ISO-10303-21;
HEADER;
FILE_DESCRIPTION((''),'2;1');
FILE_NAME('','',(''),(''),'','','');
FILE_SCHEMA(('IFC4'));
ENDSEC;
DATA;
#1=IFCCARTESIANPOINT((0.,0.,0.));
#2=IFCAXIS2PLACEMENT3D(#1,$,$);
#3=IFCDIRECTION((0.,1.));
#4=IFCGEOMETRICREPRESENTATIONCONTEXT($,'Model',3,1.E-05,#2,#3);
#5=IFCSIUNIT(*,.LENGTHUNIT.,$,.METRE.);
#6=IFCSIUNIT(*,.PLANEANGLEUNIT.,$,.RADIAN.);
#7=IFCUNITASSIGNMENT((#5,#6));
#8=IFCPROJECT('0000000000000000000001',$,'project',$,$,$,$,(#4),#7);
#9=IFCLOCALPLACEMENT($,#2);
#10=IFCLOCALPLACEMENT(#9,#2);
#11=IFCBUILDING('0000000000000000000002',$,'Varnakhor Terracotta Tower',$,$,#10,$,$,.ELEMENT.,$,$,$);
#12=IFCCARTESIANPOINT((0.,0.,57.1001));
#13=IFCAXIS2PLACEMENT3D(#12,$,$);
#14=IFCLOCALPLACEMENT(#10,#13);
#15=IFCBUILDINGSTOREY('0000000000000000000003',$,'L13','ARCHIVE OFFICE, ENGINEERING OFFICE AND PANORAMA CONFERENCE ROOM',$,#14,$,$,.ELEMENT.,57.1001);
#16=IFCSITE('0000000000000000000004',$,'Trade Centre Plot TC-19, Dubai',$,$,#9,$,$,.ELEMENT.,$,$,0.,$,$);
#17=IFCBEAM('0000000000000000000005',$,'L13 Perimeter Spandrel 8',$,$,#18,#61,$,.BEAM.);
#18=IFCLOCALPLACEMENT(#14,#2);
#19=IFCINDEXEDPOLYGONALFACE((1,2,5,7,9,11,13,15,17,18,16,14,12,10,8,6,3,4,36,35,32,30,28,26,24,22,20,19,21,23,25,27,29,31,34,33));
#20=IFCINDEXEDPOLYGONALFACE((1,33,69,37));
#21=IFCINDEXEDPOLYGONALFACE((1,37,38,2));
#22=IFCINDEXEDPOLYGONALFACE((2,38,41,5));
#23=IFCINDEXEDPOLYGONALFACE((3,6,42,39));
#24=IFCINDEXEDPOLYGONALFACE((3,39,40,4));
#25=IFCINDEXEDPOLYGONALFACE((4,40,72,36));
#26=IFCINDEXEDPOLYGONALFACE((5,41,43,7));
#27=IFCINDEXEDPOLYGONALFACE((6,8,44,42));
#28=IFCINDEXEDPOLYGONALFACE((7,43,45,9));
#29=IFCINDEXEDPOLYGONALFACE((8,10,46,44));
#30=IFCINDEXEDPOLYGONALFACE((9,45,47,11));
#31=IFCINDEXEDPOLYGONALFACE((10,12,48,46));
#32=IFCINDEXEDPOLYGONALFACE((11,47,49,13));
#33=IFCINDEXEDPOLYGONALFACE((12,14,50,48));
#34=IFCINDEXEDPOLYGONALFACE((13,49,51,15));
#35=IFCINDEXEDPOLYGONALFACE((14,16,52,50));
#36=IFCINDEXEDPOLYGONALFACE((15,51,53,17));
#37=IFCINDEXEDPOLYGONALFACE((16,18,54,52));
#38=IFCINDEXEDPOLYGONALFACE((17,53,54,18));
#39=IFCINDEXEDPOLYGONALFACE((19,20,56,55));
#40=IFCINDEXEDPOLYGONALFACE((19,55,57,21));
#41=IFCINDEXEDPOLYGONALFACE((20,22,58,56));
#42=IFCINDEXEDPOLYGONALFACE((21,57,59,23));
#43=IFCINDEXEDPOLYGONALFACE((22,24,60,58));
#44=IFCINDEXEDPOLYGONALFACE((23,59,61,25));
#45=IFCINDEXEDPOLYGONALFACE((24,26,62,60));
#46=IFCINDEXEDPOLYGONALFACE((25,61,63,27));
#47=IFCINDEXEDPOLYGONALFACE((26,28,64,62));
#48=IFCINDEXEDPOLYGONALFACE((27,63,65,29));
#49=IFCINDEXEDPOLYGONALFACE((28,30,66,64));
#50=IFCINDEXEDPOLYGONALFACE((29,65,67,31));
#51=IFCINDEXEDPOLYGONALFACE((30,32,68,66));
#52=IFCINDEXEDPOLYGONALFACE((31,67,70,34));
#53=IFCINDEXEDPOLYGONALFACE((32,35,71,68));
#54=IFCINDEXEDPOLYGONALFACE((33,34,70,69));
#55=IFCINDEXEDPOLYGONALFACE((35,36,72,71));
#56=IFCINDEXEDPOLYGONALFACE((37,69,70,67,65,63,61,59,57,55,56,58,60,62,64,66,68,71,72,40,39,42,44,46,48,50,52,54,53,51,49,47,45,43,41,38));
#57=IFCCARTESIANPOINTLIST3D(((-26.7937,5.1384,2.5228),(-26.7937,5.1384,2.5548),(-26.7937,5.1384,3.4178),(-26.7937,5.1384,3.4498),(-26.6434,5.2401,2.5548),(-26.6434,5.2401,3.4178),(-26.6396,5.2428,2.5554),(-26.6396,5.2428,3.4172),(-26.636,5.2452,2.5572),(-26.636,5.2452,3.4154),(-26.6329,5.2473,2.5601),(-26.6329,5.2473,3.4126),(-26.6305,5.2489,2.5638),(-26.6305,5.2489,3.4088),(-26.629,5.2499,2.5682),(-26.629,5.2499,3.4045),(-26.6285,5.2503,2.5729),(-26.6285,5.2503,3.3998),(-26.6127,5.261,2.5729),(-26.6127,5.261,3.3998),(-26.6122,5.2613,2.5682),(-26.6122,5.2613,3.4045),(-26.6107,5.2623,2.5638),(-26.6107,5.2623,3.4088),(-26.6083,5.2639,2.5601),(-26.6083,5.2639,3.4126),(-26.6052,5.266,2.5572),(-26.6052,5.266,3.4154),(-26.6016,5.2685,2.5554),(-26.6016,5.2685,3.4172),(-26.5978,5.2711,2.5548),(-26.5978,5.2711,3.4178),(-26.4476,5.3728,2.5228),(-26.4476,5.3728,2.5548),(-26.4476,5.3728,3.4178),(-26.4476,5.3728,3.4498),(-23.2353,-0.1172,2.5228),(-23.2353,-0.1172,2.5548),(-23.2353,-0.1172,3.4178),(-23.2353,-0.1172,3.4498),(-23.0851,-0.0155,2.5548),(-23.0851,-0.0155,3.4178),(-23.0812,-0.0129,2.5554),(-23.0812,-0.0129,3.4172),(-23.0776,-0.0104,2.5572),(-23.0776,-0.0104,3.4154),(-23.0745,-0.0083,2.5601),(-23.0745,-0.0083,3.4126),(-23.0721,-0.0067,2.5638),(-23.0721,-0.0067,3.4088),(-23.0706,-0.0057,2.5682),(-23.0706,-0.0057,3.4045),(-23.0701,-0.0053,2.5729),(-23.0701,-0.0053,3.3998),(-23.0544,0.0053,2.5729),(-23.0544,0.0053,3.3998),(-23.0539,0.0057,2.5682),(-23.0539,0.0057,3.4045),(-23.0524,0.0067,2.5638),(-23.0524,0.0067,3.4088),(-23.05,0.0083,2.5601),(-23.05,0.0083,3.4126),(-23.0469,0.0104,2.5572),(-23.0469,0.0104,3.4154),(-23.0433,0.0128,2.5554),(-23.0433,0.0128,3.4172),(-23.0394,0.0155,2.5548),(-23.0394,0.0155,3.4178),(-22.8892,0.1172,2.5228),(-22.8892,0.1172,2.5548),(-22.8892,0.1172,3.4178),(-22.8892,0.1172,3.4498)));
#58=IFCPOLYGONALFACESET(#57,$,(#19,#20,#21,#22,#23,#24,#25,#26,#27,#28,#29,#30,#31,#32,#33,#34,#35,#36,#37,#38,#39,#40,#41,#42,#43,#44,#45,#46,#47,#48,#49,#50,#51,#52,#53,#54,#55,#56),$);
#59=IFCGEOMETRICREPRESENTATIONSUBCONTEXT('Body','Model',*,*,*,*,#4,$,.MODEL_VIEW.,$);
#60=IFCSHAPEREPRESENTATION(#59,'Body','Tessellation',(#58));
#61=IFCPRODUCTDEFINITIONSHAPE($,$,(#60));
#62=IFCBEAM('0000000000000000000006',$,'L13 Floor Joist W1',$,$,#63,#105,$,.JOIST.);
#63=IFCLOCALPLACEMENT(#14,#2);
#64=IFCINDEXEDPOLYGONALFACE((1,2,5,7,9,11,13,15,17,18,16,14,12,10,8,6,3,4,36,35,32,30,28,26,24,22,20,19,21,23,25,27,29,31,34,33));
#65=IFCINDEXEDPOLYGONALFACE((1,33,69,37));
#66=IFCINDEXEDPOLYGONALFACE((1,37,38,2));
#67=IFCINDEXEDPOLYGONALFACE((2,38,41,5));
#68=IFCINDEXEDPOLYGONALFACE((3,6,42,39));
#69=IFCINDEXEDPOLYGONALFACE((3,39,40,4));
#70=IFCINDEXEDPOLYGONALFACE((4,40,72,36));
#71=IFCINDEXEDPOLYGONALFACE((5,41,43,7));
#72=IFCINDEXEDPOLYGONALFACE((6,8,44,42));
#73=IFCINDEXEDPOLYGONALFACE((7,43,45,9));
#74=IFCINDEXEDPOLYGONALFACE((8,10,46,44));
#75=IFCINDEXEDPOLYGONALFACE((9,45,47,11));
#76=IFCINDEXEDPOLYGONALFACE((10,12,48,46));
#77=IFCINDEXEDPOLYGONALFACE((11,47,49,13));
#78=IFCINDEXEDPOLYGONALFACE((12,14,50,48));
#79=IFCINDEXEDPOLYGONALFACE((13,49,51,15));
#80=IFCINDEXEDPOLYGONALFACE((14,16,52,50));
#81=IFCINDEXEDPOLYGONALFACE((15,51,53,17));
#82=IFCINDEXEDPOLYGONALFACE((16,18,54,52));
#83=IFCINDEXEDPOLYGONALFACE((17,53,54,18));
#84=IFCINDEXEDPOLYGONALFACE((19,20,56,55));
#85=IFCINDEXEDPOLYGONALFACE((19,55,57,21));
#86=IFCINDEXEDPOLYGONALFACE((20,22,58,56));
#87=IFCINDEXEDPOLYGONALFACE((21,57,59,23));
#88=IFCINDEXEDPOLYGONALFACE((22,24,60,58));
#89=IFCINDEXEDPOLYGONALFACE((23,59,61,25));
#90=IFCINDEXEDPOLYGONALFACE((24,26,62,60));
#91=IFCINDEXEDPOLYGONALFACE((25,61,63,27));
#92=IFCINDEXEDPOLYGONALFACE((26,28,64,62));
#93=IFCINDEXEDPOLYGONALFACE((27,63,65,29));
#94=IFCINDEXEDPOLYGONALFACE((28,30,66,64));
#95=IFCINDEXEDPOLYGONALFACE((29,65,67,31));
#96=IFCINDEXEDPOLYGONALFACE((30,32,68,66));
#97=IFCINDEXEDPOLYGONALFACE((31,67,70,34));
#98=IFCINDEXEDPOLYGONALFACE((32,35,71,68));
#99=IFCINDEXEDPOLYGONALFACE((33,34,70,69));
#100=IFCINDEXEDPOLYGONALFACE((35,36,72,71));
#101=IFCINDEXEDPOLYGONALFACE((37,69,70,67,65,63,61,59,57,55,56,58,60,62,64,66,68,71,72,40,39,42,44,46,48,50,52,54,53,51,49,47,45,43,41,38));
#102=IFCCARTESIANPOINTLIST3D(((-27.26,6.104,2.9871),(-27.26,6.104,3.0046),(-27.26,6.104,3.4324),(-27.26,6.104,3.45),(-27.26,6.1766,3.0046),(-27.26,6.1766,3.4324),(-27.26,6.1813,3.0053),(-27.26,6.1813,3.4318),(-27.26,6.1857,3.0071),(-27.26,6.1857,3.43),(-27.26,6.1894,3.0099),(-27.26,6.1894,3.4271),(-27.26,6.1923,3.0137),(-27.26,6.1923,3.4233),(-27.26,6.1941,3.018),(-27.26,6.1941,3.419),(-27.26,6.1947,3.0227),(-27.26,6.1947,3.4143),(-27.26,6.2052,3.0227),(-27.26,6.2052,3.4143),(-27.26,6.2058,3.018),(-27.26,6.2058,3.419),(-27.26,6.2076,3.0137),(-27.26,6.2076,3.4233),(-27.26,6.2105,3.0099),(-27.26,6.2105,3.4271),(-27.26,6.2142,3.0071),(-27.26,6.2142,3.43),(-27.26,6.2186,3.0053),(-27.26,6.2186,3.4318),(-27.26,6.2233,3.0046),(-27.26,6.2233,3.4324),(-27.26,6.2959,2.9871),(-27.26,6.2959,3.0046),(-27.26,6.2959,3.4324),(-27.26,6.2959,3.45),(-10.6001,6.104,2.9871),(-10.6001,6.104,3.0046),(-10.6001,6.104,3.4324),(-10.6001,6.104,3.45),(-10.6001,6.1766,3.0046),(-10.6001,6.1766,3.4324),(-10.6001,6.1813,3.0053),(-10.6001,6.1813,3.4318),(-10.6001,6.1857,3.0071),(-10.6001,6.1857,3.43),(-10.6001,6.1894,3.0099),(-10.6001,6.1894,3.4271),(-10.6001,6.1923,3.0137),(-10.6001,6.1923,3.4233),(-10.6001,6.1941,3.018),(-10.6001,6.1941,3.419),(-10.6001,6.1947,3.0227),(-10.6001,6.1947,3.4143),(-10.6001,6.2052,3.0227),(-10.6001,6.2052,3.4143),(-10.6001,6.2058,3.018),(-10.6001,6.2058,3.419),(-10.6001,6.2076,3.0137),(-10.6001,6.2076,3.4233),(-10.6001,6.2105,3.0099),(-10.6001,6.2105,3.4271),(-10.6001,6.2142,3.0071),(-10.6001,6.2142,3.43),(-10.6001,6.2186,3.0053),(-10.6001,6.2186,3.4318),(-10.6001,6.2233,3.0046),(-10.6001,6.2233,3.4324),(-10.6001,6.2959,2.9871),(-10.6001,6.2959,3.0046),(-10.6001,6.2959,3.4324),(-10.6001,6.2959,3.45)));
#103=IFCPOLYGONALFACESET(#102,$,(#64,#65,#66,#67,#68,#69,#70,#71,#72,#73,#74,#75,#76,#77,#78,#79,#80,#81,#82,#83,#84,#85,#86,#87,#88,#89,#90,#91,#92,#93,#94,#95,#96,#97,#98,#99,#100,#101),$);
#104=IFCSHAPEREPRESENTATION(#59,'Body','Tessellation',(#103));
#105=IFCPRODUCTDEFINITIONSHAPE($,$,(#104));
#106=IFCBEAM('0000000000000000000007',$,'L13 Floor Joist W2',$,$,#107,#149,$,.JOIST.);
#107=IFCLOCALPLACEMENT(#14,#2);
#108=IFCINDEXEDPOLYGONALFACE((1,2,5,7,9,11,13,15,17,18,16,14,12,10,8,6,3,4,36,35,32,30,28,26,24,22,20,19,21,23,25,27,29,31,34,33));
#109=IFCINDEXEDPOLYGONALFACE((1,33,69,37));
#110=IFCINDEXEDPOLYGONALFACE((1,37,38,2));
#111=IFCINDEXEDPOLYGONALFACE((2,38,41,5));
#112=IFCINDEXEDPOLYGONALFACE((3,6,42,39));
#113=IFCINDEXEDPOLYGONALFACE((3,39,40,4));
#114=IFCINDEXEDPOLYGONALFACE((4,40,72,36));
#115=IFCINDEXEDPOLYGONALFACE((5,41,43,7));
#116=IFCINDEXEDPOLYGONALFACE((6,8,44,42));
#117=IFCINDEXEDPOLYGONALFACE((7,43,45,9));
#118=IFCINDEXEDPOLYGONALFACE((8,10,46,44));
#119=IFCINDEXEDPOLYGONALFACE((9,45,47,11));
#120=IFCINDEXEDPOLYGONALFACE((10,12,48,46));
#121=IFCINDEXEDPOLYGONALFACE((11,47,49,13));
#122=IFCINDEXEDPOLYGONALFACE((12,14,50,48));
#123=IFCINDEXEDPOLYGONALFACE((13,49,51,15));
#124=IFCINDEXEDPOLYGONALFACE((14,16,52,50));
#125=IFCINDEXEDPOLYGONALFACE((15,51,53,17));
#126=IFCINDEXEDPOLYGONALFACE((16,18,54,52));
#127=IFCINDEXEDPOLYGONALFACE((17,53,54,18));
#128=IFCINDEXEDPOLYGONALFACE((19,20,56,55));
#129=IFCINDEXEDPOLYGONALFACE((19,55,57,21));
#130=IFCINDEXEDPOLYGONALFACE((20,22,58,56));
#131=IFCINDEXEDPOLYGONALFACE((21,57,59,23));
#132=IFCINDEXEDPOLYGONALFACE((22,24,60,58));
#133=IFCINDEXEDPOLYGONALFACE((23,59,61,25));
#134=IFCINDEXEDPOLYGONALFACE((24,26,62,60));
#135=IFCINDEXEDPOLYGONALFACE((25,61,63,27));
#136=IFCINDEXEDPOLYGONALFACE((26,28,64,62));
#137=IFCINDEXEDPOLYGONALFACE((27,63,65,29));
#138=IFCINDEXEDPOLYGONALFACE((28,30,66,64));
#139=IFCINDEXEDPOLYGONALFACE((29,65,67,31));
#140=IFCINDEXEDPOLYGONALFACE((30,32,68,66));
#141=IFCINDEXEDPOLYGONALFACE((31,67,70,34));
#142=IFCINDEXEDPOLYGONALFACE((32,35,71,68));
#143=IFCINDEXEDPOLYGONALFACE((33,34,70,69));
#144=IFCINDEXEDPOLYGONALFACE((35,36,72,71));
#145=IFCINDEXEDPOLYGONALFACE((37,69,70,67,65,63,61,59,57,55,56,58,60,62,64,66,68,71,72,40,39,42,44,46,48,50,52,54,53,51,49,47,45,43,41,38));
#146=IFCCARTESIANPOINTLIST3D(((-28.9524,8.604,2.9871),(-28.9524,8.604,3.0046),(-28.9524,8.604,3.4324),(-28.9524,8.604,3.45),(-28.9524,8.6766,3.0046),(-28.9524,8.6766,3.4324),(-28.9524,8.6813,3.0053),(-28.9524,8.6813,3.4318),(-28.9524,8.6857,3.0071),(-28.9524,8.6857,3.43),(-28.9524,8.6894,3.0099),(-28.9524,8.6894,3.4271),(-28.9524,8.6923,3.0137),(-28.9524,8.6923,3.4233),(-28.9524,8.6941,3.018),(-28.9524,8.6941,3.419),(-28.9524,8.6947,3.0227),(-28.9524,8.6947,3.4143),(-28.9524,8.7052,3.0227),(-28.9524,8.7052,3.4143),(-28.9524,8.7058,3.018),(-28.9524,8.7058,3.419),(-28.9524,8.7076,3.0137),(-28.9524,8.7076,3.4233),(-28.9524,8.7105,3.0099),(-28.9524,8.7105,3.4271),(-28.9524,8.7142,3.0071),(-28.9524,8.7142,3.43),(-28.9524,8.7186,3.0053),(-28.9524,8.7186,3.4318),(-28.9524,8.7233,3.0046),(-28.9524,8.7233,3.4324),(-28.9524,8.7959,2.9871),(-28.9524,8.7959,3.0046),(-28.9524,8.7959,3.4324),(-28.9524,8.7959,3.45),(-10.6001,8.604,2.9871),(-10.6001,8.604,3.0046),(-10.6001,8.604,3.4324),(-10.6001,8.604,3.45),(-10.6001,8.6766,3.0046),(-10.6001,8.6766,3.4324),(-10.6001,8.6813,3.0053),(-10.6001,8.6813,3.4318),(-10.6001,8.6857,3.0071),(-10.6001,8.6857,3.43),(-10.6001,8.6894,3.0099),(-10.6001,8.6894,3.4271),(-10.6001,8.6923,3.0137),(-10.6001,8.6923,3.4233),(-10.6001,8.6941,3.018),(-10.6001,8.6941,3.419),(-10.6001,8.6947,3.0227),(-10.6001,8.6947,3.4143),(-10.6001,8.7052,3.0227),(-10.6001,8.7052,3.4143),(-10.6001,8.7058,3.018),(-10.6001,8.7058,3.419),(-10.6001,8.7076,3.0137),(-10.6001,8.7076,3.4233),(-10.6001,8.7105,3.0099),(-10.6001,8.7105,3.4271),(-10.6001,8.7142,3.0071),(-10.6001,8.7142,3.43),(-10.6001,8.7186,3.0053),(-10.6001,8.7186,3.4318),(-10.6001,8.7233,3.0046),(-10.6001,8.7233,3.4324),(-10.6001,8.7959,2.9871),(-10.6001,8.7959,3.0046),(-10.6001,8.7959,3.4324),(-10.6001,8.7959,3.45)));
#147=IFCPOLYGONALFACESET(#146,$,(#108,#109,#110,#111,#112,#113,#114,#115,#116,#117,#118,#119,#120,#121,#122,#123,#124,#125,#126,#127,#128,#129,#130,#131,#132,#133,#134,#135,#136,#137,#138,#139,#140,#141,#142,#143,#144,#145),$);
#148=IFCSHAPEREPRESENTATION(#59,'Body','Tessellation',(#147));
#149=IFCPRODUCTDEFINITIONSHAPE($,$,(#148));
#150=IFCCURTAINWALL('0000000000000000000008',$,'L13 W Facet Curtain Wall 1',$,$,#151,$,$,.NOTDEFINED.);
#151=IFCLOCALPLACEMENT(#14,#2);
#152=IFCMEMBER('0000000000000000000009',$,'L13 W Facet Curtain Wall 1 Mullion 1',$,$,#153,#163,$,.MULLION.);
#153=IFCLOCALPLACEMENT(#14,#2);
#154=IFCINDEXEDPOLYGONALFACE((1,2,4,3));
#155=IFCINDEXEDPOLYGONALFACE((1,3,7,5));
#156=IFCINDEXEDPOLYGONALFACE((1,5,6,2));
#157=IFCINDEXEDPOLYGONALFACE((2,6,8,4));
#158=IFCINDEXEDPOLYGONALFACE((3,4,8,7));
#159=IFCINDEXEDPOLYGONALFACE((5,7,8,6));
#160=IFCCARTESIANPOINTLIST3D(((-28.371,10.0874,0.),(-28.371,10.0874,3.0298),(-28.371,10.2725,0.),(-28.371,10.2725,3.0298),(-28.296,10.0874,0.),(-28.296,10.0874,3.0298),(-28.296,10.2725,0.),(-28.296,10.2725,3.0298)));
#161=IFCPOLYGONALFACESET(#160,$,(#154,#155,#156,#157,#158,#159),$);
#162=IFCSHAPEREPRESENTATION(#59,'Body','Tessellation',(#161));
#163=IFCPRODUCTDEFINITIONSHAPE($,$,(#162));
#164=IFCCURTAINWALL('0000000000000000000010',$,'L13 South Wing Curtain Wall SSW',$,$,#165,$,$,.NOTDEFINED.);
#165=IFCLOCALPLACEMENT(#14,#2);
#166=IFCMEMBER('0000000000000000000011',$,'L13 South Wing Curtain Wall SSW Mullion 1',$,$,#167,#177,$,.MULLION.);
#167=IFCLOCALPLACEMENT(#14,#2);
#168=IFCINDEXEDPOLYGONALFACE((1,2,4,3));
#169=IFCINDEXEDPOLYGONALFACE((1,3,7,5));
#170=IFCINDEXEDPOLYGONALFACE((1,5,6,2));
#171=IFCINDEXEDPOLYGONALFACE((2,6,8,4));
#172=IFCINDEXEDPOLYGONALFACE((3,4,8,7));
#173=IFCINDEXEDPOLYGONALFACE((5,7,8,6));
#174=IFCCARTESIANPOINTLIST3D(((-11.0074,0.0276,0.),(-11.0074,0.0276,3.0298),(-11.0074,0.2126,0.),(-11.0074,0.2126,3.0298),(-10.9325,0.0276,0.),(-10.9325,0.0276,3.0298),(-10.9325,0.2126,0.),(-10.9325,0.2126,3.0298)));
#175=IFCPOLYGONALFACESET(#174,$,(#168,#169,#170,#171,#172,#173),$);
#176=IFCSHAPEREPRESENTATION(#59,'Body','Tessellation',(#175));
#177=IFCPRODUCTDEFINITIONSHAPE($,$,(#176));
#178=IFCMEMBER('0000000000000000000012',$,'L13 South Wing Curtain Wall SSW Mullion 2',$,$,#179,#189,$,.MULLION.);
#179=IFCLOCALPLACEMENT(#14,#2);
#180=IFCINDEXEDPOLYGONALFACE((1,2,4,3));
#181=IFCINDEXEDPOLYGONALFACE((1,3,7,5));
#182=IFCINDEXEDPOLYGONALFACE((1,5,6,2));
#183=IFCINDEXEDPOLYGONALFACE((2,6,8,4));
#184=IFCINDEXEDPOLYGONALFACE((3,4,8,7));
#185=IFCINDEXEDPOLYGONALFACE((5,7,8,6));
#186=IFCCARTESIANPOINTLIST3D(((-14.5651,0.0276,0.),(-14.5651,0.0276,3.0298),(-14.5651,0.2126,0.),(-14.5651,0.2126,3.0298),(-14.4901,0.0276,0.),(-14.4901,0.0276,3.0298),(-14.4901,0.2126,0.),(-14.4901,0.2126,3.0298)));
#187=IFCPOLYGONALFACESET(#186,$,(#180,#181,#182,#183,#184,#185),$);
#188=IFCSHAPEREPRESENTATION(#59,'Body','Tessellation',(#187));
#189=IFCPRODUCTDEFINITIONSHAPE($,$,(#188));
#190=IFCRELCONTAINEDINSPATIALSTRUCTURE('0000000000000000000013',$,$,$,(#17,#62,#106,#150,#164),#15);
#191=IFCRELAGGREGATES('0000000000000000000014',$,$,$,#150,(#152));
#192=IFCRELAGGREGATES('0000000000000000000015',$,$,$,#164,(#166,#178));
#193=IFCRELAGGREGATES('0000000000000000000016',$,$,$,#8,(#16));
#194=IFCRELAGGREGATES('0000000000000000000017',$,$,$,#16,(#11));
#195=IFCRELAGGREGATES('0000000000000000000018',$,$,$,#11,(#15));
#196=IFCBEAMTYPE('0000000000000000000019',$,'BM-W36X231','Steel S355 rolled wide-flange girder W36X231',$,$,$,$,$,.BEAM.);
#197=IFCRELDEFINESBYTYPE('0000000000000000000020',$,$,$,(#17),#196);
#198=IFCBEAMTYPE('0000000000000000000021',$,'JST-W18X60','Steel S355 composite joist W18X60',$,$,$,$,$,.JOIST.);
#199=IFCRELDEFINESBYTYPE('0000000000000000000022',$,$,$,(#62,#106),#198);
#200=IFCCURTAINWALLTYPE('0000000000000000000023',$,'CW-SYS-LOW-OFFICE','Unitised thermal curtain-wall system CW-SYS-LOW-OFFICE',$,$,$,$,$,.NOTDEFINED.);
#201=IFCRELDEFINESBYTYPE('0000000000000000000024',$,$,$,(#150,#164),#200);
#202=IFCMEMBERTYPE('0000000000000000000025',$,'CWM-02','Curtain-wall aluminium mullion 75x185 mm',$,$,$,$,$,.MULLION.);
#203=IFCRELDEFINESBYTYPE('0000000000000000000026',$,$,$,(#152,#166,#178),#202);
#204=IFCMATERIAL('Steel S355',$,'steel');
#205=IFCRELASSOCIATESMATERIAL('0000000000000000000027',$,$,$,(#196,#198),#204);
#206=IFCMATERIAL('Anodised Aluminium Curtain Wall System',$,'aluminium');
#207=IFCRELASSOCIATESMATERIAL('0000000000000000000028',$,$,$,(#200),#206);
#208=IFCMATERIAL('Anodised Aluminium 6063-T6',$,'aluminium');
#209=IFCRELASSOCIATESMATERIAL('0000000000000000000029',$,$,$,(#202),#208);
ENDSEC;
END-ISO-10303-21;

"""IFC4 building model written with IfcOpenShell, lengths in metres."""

from ifc_helpers import new_model, si_unit, direction, frame, origin, origin_2d, place, context, subcontext, project, spatial, rectangle, i_section, extrude, source, transform, mapped, material, material_profile, profile_set, type_object, element, aggregate, save


model = new_model("IFC4")

# Units and contexts
model_context = context("Model", 3, precision=1e-05, world=origin(), true_north=direction((0.0, 1.0)))
body_context = subcontext(model_context, "Body", "Model", "MODEL_VIEW")
ifc_project = project(units=[si_unit("LENGTHUNIT", "METRE"), si_unit("PLANEANGLEUNIT", "RADIAN")], contexts=[model_context])

# Site, building, storey
site_placement = place(None, origin())
site = spatial("IfcSite", under=ifc_project, at=site_placement, Name="Trade Centre Plot TC-19, Dubai", CompositionType="ELEMENT", RefElevation=0.0)
building_placement = place(site_placement, origin())
building = spatial("IfcBuilding", under=site, at=building_placement, Name="Varnakhor Terracotta Tower", CompositionType="ELEMENT")
storey_placement = place(building_placement, frame((0.0, 0.0, 57.1001)))
storey = spatial("IfcBuildingStorey", under=building, at=storey_placement, Name="L13", Description="ARCHIVE OFFICE, ENGINEERING OFFICE AND PANORAMA CONFERENCE ROOM", CompositionType="ELEMENT", Elevation=57.1001)

# Beams
ifc_material_1 = material(Name="Steel S355", Category="steel")
ifc_material_profile_1 = material_profile(ifc_material_1, i_section(OverallWidth=0.418, OverallDepth=0.927, WebThickness=0.019, FlangeThickness=0.032, FilletRadius=0.0181, at=origin_2d()), Name="W36X231")
ifc_profile_set_1 = profile_set([ifc_material_profile_1], Name="Steel S355")
beam_type_1 = type_object("IfcBeamType", Name="BM-W36X231", Description="Steel S355 rolled wide-flange girder W36X231", PredefinedType="BEAM", material=ifc_profile_set_1)
shared_shape_1 = source(origin(), body_context, "Body", "SweptSolid", [
    extrude(i_section(OverallWidth=0.418, OverallDepth=0.927, WebThickness=0.019, FlangeThickness=0.032, FilletRadius=0.0181, at=origin_2d()), origin(), (0.0, 0.0, 1.0), 6.3469),
])
beam_1_placement = place(storey_placement, frame((-26.6206, 5.2556, 2.9863), z_axis=(0.560642, -0.828058, 0.0), x_axis=(0.828058, 0.560642, 0.0)))
element("IfcBeam", 1, at=beam_1_placement, inside=storey, type_object=beam_type_1, Name="L13 Perimeter Spandrel 8", PredefinedType="BEAM", context=body_context, shape_type="MappedRepresentation", body=[
    mapped(shared_shape_1, transform((0.0, 0.0, 0.0), scale=1.0)),
])
ifc_material_profile_2 = material_profile(ifc_material_1, i_section(OverallWidth=0.1919, OverallDepth=0.4629, WebThickness=0.0105, FlangeThickness=0.0176, FilletRadius=0.0181, at=origin_2d()), Name="W18X60")
ifc_profile_set_2 = profile_set([ifc_material_profile_2], Name="Steel S355")
beam_type_2 = type_object("IfcBeamType", Name="JST-W18X60", Description="Steel S355 composite joist W18X60", PredefinedType="JOIST", material=ifc_profile_set_2)
shared_shape_2 = source(origin(), body_context, "Body", "SweptSolid", [
    extrude(i_section(OverallWidth=0.1919, OverallDepth=0.4629, WebThickness=0.0105, FlangeThickness=0.0176, FilletRadius=0.0181, at=origin_2d()), origin(), (0.0, 0.0, 1.0), 16.6599),
])
beam_2_placement = place(storey_placement, frame((-27.26, 6.2, 3.2185), z_axis=(1.0, 0.0, 0.0), x_axis=(0.0, 1.0, 0.0)))
element("IfcBeam", 2, at=beam_2_placement, inside=storey, type_object=beam_type_2, Name="L13 Floor Joist W1", PredefinedType="JOIST", context=body_context, shape_type="MappedRepresentation", body=[
    mapped(shared_shape_2, transform((0.0, 0.0, 0.0), scale=1.0)),
])
shared_shape_3 = source(origin(), body_context, "Body", "SweptSolid", [
    extrude(i_section(OverallWidth=0.1919, OverallDepth=0.4629, WebThickness=0.0105, FlangeThickness=0.0176, FilletRadius=0.0181, at=origin_2d()), origin(), (0.0, 0.0, 1.0), 18.3523),
])
beam_3_placement = place(storey_placement, frame((-28.9524, 8.7, 3.2185), z_axis=(1.0, 0.0, 0.0), x_axis=(0.0, 1.0, 0.0)))
element("IfcBeam", 3, at=beam_3_placement, inside=storey, type_object=beam_type_2, Name="L13 Floor Joist W2", PredefinedType="JOIST", context=body_context, shape_type="MappedRepresentation", body=[
    mapped(shared_shape_3, transform((0.0, 0.0, 0.0), scale=1.0)),
])

# Curtain wall, member
ifc_material_2 = material(Name="Anodised Aluminium Curtain Wall System", Category="aluminium")
curtain_wall_type = type_object("IfcCurtainWallType", Name="CW-SYS-LOW-OFFICE", Description="Unitised thermal curtain-wall system CW-SYS-LOW-OFFICE", PredefinedType="NOTDEFINED", material=ifc_material_2)
curtain_wall_1_placement = place(storey_placement, origin())
curtain_wall_1 = element("IfcCurtainWall", 4, at=curtain_wall_1_placement, inside=storey, type_object=curtain_wall_type, Name="L13 W Facet Curtain Wall 1", PredefinedType="NOTDEFINED")
ifc_material_3 = material(Name="Anodised Aluminium 6063-T6", Category="aluminium")
ifc_material_profile_3 = material_profile(ifc_material_3, rectangle(XDim=0.075, YDim=0.1851, at=origin_2d()), Name="ALU MULLION 75x185")
ifc_profile_set_3 = profile_set([ifc_material_profile_3], Name="Anodised Aluminium 6063-T6")
member_type_1 = type_object("IfcMemberType", Name="CWM-02", Description="Curtain-wall aluminium mullion 75x185 mm", PredefinedType="MULLION", material=ifc_profile_set_3)
shared_shape_4 = source(origin(), body_context, "Body", "SweptSolid", [
    extrude(rectangle(XDim=0.075, YDim=0.1851, at=origin_2d()), origin(), (0.0, 0.0, 1.0), 3.0298),
])
member_1_placement = place(storey_placement, frame((-28.3335, 10.1799, 0.0), z_axis=(0.0, 0.0, 1.0), x_axis=(1.0, 0.0, 0.0)))
member_1 = element("IfcMember", 5, at=member_1_placement, type_object=member_type_1, Name="L13 W Facet Curtain Wall 1 Mullion 1", PredefinedType="MULLION", context=body_context, shape_type="MappedRepresentation", body=[
    mapped(shared_shape_4, transform((0.0, 0.0, 0.0), scale=1.0)),
])

# Curtain wall, members
curtain_wall_2_placement = place(storey_placement, origin())
curtain_wall_2 = element("IfcCurtainWall", 6, at=curtain_wall_2_placement, inside=storey, type_object=curtain_wall_type, Name="L13 South Wing Curtain Wall SSW", PredefinedType="NOTDEFINED")
member_2_placement = place(storey_placement, frame((-10.97, 0.1201, 0.0), z_axis=(0.0, 0.0, 1.0), x_axis=(1.0, 0.0, 0.0)))
member_2 = element("IfcMember", 7, at=member_2_placement, type_object=member_type_1, Name="L13 South Wing Curtain Wall SSW Mullion 1", PredefinedType="MULLION", context=body_context, shape_type="MappedRepresentation", body=[
    mapped(shared_shape_4, transform((0.0, 0.0, 0.0), scale=1.0)),
])
member_3_placement = place(storey_placement, frame((-14.5276, 0.1201, 0.0), z_axis=(0.0, 0.0, 1.0), x_axis=(1.0, 0.0, 0.0)))
member_3 = element("IfcMember", 8, at=member_3_placement, type_object=member_type_1, Name="L13 South Wing Curtain Wall SSW Mullion 2", PredefinedType="MULLION", context=body_context, shape_type="MappedRepresentation", body=[
    mapped(shared_shape_4, transform((0.0, 0.0, 0.0), scale=1.0)),
])

aggregate(curtain_wall_1, [member_1])

aggregate(curtain_wall_2, [member_2, member_3])

save(model, "model.ifc")
